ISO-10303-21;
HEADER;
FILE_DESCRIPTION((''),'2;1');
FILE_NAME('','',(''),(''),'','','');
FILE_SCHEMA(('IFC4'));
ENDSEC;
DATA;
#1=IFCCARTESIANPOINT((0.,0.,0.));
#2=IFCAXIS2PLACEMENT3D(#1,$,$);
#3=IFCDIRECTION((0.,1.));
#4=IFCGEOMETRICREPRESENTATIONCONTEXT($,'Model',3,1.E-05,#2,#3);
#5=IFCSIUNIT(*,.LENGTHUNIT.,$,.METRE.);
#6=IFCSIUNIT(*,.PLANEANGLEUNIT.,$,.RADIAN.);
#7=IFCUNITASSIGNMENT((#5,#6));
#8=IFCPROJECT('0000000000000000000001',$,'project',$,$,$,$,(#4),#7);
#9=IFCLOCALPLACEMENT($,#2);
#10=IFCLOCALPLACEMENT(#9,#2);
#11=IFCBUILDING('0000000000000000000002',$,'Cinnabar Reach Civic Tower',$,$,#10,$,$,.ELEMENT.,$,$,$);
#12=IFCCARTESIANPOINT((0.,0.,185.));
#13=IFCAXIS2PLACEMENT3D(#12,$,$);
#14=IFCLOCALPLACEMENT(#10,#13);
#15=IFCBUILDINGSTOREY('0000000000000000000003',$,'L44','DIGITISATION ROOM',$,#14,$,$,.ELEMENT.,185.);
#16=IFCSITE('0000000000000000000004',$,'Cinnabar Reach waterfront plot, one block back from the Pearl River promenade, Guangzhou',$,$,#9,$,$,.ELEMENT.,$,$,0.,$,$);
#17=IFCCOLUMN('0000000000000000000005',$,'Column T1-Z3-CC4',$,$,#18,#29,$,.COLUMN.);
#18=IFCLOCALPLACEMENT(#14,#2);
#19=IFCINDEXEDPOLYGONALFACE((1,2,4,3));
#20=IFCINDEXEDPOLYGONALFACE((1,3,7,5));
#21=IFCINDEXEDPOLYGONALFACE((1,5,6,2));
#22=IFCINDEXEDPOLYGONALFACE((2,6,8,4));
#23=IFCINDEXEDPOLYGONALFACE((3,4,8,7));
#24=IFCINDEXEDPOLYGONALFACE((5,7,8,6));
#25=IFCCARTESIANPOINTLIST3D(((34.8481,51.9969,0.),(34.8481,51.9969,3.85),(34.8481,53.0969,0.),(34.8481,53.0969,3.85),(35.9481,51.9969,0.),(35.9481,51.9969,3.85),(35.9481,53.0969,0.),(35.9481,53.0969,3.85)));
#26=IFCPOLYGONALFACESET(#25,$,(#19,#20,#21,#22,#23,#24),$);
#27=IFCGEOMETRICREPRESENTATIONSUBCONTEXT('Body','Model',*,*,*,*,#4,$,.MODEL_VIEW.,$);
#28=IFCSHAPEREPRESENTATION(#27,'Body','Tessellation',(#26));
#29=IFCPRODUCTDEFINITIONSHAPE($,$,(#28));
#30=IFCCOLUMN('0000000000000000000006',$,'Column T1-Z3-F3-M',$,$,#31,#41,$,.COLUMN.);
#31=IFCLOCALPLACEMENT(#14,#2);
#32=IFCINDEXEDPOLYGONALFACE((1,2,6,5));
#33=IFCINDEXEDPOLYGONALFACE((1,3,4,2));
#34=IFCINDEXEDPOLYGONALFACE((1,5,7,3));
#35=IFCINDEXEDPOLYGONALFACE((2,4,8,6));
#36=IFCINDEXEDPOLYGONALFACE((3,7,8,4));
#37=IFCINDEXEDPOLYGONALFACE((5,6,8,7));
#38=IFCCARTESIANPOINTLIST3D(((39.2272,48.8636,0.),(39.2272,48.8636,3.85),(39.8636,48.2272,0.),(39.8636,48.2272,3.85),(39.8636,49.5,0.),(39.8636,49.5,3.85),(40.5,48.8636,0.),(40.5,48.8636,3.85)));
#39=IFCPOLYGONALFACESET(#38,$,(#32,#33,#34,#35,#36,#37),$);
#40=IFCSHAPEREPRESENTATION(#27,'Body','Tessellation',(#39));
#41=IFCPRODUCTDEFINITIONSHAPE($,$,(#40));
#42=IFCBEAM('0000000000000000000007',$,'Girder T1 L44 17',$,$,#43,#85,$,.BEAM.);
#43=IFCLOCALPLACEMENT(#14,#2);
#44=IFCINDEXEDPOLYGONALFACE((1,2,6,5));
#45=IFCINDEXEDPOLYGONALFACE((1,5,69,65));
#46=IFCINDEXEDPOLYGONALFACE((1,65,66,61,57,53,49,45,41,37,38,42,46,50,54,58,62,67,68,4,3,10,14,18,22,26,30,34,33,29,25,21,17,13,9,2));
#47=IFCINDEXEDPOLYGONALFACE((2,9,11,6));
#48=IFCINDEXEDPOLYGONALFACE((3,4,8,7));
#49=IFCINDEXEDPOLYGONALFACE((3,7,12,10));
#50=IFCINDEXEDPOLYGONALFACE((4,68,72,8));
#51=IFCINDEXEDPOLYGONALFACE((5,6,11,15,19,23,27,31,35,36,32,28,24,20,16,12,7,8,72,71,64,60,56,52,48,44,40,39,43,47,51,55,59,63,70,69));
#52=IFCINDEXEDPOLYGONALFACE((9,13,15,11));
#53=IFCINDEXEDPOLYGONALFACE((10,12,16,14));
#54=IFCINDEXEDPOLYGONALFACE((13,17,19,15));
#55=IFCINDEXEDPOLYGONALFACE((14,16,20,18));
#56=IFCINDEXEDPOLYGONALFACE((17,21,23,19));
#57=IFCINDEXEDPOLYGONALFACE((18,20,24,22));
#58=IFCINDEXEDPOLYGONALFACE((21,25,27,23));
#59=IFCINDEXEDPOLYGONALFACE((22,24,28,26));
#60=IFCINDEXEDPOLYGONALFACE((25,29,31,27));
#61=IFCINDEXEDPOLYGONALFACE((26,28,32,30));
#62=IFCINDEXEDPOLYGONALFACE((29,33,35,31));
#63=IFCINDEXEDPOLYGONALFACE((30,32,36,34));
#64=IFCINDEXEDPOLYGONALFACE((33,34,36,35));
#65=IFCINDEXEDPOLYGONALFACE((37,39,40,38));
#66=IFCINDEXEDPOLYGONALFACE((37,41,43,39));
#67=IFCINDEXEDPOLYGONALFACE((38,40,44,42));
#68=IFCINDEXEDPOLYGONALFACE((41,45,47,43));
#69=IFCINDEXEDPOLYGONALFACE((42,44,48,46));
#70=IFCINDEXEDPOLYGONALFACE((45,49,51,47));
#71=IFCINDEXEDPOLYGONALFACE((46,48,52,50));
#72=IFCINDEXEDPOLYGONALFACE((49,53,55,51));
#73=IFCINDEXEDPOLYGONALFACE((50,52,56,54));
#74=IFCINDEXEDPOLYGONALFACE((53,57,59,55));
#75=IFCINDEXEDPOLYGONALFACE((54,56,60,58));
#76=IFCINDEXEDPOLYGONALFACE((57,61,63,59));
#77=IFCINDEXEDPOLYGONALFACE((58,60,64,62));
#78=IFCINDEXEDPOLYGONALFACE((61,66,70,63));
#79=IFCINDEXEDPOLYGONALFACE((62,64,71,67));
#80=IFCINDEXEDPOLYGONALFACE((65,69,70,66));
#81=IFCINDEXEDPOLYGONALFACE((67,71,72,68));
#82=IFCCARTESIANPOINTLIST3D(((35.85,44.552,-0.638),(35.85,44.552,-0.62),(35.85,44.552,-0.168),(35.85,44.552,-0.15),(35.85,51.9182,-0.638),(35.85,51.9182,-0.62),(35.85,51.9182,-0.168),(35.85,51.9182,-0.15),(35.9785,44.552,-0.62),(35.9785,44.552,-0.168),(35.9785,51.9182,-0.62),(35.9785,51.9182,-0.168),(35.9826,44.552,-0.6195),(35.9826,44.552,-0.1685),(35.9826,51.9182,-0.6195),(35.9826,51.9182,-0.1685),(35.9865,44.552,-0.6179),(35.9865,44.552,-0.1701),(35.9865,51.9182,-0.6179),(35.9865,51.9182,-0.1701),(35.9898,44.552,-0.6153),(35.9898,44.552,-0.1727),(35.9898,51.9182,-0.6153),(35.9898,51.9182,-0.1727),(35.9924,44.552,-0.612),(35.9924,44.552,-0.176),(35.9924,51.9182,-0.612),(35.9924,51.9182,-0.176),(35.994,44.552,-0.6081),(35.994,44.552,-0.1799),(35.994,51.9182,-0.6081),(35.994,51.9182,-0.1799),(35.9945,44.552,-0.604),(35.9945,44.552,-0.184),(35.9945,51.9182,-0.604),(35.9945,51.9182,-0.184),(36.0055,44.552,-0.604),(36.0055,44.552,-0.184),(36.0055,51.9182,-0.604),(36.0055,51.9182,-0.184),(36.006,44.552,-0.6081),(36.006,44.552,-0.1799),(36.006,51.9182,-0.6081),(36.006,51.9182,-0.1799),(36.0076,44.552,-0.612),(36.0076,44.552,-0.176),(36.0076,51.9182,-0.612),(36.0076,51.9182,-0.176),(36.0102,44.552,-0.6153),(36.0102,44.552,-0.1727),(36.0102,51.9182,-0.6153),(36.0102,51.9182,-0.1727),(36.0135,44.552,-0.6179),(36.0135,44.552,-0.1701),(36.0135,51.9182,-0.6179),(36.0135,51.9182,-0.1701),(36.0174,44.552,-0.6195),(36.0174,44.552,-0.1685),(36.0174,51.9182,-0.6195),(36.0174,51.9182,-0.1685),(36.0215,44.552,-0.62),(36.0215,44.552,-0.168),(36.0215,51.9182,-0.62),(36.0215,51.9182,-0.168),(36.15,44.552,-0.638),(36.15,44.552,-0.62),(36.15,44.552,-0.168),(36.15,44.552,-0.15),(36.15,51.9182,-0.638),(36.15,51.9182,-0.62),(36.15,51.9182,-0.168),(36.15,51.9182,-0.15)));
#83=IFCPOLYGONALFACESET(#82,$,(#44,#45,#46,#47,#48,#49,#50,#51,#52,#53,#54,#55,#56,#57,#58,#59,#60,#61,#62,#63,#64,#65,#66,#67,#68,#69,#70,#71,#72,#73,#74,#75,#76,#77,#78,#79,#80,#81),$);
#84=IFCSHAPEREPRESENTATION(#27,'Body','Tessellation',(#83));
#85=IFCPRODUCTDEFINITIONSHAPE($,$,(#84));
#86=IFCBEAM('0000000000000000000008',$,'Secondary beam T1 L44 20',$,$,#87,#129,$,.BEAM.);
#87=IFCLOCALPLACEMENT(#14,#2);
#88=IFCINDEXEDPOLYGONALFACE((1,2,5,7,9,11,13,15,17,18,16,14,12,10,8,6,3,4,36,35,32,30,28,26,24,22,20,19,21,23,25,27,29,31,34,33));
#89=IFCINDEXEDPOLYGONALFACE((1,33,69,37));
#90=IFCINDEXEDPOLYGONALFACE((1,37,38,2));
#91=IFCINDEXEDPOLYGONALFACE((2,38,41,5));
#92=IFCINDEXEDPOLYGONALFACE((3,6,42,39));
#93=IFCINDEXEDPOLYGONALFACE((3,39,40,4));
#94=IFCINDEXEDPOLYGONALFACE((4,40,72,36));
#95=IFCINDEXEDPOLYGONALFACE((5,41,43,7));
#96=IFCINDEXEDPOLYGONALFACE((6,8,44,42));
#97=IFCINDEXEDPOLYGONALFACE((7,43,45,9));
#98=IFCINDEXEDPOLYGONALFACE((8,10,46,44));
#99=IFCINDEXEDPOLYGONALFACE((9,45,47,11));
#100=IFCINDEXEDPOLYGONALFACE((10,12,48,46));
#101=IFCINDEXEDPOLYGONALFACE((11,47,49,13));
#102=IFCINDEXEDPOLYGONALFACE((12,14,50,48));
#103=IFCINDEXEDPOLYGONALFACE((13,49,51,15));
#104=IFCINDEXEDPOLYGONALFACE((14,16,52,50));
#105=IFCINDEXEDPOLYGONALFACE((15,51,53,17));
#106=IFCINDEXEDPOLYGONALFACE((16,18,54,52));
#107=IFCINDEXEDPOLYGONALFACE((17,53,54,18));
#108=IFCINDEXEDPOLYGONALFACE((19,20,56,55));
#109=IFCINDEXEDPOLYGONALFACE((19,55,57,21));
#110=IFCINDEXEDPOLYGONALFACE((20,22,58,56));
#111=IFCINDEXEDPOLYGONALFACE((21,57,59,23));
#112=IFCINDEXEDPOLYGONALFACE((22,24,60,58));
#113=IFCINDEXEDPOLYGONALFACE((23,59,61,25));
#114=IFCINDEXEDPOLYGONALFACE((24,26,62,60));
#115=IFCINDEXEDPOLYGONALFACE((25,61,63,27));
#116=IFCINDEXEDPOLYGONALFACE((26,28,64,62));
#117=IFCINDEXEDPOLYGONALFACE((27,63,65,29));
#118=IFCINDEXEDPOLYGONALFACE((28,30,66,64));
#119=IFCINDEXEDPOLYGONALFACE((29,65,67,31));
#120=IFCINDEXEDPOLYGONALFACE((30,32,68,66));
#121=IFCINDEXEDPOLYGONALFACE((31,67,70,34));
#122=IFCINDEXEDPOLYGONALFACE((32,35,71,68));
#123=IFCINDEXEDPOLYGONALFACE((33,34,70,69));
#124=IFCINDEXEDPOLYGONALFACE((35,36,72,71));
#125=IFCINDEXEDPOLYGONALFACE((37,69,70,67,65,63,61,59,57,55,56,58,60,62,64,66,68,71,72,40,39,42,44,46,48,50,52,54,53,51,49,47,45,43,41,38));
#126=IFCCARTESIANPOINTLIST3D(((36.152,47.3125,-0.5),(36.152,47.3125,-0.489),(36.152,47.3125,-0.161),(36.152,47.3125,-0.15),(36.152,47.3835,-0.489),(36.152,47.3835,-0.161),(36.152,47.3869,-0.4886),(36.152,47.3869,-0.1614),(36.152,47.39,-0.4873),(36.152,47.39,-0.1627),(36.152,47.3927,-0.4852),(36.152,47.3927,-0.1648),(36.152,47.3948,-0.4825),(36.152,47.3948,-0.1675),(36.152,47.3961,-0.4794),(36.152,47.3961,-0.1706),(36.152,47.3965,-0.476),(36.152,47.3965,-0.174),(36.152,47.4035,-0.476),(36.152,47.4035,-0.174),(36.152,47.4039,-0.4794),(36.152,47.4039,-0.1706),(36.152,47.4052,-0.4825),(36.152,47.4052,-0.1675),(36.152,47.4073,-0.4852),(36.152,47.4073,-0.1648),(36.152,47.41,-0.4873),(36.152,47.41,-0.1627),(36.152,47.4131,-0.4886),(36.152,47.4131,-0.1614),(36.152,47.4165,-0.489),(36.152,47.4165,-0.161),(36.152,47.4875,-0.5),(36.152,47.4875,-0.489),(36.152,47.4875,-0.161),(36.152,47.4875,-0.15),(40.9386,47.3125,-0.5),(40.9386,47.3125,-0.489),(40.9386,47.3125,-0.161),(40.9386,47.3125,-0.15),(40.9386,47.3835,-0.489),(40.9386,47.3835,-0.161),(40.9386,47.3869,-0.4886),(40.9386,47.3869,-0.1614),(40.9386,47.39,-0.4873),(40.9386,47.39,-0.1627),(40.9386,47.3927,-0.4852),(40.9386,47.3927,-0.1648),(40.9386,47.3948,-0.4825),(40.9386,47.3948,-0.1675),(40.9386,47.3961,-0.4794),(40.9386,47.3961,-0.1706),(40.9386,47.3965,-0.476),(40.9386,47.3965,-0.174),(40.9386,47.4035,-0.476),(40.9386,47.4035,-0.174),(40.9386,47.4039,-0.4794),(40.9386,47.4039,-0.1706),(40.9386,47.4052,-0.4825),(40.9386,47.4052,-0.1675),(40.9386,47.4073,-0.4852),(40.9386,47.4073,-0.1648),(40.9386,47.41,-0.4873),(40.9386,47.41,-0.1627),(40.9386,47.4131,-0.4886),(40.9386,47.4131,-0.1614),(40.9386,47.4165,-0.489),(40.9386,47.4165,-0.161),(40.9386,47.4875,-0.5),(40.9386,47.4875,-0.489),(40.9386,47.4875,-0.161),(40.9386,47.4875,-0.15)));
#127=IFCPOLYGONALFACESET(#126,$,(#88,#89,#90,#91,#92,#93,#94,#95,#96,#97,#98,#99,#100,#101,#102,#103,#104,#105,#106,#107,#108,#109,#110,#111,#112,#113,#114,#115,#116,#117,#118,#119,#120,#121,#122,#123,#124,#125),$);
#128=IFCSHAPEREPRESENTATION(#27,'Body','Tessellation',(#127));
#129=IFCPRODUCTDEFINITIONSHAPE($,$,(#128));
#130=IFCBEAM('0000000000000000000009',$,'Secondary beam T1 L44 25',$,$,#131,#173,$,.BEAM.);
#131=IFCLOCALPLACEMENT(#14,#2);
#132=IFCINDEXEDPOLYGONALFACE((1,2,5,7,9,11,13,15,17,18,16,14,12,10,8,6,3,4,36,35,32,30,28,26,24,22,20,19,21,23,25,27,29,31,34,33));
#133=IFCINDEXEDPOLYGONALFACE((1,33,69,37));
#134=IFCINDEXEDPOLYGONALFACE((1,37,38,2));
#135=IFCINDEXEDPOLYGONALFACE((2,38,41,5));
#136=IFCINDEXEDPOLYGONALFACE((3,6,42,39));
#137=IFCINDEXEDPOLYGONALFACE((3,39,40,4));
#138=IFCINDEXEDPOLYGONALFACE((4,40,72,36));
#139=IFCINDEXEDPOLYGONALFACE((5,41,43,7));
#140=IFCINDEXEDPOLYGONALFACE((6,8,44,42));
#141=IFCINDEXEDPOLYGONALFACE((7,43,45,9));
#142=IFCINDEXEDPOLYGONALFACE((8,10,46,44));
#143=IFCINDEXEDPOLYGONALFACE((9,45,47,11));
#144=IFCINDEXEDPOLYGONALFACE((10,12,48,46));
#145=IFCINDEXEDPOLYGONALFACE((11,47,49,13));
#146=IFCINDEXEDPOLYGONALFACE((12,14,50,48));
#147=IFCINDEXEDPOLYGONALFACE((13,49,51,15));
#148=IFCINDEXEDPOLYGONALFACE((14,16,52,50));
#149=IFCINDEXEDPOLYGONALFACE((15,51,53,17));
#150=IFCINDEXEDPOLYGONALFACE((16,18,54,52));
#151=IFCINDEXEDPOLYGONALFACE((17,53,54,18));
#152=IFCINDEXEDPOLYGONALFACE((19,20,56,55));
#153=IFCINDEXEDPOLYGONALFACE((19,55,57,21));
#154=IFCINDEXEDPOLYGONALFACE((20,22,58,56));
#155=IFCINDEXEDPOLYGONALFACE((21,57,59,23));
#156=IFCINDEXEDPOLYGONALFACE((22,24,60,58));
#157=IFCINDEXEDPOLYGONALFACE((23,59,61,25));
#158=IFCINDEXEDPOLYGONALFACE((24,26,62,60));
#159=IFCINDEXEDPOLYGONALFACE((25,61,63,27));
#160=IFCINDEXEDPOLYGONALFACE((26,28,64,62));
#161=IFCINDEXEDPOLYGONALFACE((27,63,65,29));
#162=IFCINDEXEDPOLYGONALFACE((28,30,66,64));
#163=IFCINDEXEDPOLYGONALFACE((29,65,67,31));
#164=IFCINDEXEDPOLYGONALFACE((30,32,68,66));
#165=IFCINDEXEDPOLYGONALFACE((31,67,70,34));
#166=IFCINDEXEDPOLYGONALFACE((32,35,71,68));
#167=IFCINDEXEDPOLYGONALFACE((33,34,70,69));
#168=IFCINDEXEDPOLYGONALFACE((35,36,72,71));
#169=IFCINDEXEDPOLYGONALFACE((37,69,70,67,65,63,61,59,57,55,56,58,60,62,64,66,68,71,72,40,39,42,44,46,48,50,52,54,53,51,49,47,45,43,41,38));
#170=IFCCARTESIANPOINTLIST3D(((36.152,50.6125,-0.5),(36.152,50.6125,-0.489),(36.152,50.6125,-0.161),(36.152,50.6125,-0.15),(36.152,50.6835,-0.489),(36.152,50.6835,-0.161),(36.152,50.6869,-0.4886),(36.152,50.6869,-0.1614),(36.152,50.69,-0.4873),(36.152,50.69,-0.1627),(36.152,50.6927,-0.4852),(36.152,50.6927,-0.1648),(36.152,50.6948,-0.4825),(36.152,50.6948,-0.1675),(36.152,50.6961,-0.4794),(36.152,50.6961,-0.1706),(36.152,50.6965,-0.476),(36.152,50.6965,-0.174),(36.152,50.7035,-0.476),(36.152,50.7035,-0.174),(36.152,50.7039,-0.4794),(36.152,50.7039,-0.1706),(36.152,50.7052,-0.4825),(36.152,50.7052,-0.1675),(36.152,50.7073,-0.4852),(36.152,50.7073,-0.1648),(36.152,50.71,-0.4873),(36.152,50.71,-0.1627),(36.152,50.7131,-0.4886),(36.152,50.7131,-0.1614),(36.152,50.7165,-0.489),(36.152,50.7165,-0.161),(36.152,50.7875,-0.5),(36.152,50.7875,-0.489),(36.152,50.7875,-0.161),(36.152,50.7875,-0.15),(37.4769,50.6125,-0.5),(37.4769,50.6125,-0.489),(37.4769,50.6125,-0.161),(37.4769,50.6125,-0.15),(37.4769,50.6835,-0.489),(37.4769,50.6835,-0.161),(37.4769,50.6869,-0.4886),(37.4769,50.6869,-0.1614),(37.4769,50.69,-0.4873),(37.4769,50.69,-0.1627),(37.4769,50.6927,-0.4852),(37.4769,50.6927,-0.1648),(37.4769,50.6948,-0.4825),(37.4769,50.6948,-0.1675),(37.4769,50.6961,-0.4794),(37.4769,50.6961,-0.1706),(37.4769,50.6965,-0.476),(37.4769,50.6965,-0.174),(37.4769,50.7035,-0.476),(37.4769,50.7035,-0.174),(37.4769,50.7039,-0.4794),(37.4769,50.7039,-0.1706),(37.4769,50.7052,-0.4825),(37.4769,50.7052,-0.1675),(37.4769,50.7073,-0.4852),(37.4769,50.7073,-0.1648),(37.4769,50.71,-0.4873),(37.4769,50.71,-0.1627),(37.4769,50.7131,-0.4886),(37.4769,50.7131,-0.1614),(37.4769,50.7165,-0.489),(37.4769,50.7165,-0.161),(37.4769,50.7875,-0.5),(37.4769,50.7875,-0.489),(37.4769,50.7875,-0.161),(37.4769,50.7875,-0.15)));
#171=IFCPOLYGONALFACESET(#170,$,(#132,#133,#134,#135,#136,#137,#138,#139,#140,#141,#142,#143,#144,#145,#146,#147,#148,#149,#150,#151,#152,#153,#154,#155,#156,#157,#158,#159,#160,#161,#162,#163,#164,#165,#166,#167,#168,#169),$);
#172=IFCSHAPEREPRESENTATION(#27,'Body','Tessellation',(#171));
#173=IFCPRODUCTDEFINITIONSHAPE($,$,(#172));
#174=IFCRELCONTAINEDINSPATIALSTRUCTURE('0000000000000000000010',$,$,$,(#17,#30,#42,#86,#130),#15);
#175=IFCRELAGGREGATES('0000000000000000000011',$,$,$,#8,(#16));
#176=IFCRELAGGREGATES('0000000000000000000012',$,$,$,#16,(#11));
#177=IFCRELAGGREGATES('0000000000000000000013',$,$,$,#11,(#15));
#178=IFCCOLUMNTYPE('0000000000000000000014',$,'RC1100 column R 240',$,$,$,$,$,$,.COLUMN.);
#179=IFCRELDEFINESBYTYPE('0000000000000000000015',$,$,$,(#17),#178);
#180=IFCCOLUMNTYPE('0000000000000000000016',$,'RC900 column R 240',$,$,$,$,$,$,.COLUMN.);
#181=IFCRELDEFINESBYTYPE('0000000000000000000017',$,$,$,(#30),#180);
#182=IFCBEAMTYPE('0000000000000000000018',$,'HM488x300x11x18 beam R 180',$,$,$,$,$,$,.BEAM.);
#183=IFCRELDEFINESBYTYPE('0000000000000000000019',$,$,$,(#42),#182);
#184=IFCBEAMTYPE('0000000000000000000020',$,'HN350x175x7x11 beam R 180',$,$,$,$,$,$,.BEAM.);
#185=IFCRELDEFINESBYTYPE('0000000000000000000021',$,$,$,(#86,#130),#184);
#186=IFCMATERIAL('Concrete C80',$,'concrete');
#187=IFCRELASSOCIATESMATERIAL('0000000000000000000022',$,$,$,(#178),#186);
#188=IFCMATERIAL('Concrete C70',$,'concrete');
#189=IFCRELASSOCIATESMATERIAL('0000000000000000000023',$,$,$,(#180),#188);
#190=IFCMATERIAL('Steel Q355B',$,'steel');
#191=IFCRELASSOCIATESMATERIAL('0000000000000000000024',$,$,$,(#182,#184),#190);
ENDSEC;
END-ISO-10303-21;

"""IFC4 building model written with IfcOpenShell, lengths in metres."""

from ifc_helpers import new_model, si_unit, direction, frame, origin, origin_2d, place, context, subcontext, project, spatial, rectangle, i_section, extrude, material, material_profile, profile_set, type_object, element, save


model = new_model("IFC4")

# Units and contexts
model_context = context("Model", 3, precision=1e-05, world=origin(), true_north=direction((0.0, 1.0)))
body_context = subcontext(model_context, "Body", "Model", "MODEL_VIEW")
ifc_project = project(units=[si_unit("LENGTHUNIT", "METRE"), si_unit("PLANEANGLEUNIT", "RADIAN")], contexts=[model_context])

# Site, building, storey
site_placement = place(None, origin())
site = spatial("IfcSite", under=ifc_project, at=site_placement, Name="Cinnabar Reach waterfront plot, one block back from the Pearl River promenade, Guangzhou", CompositionType="ELEMENT", RefElevation=0.0)
building_placement = place(site_placement, origin())
building = spatial("IfcBuilding", under=site, at=building_placement, Name="Cinnabar Reach Civic Tower", CompositionType="ELEMENT")
storey_placement = place(building_placement, frame((0.0, 0.0, 185.0)))
storey = spatial("IfcBuildingStorey", under=building, at=storey_placement, Name="L44", Description="DIGITISATION ROOM", CompositionType="ELEMENT", Elevation=185.0)

# Columns
ifc_material_1 = material(Name="Concrete C80", Category="concrete")
ifc_material_profile_1 = material_profile(ifc_material_1, rectangle(XDim=1.1, YDim=1.1, at=origin_2d()), Name="RC1100")
ifc_profile_set_1 = profile_set([ifc_material_profile_1], Name="Concrete C80")
column_type_1 = type_object("IfcColumnType", Name="RC1100 column R 240", PredefinedType="COLUMN", material=ifc_profile_set_1)
column_1_placement = place(storey_placement, frame((35.3981, 52.5469, 0.0), z_axis=(0.0, 0.0, 1.0), x_axis=(1.0, 0.0, 0.0)))
element("IfcColumn", 1, at=column_1_placement, inside=storey, type_object=column_type_1, Name="Column T1-Z3-CC4", PredefinedType="COLUMN", context=body_context, shape_type="SweptSolid", body=[
    extrude(rectangle(XDim=1.1, YDim=1.1, at=origin_2d()), origin(), (0.0, 0.0, 1.0), 3.85),
])
ifc_material_2 = material(Name="Concrete C70", Category="concrete")
ifc_material_profile_2 = material_profile(ifc_material_2, rectangle(XDim=0.9, YDim=0.9, at=origin_2d()), Name="RC900")
ifc_profile_set_2 = profile_set([ifc_material_profile_2], Name="Concrete C70")
column_type_2 = type_object("IfcColumnType", Name="RC900 column R 240", PredefinedType="COLUMN", material=ifc_profile_set_2)
column_2_placement = place(storey_placement, frame((39.8636, 48.8636, 0.0), z_axis=(0.0, 0.0, 1.0), x_axis=(0.707107, 0.707107, 0.0)))
element("IfcColumn", 2, at=column_2_placement, inside=storey, type_object=column_type_2, Name="Column T1-Z3-F3-M", PredefinedType="COLUMN", context=body_context, shape_type="SweptSolid", body=[
    extrude(rectangle(XDim=0.9, YDim=0.9, at=origin_2d()), origin(), (0.0, 0.0, 1.0), 3.85),
])

# Beams
ifc_material_3 = material(Name="Steel Q355B", Category="steel")
ifc_material_profile_3 = material_profile(ifc_material_3, i_section(OverallWidth=0.3, OverallDepth=0.488, WebThickness=0.011, FlangeThickness=0.018, FilletRadius=0.016, at=origin_2d()), Name="HM488x300x11x18")
ifc_profile_set_3 = profile_set([ifc_material_profile_3], Name="Steel Q355B")
beam_type_1 = type_object("IfcBeamType", Name="HM488x300x11x18 beam R 180", PredefinedType="BEAM", material=ifc_profile_set_3)
beam_1_placement = place(storey_placement, frame((36.0, 44.552, -0.394), z_axis=(0.0, 1.0, 0.0), x_axis=(-1.0, 0.0, 0.0)))
element("IfcBeam", 3, at=beam_1_placement, inside=storey, type_object=beam_type_1, Name="Girder T1 L44 17", PredefinedType="BEAM", context=body_context, shape_type="SweptSolid", body=[
    extrude(i_section(OverallWidth=0.3, OverallDepth=0.488, WebThickness=0.011, FlangeThickness=0.018, FilletRadius=0.016, at=origin_2d()), origin(), (0.0, 0.0, 1.0), 7.3662),
])
ifc_material_profile_4 = material_profile(ifc_material_3, i_section(OverallWidth=0.175, OverallDepth=0.35, WebThickness=0.007, FlangeThickness=0.011, FilletRadius=0.013, at=origin_2d()), Name="HN350x175x7x11")
ifc_profile_set_4 = profile_set([ifc_material_profile_4], Name="Steel Q355B")
beam_type_2 = type_object("IfcBeamType", Name="HN350x175x7x11 beam R 180", PredefinedType="BEAM", material=ifc_profile_set_4)
beam_2_placement = place(storey_placement, frame((36.152, 47.4, -0.325), z_axis=(1.0, 0.0, 0.0), x_axis=(0.0, 1.0, 0.0)))
element("IfcBeam", 4, at=beam_2_placement, inside=storey, type_object=beam_type_2, Name="Secondary beam T1 L44 20", PredefinedType="BEAM", context=body_context, shape_type="SweptSolid", body=[
    extrude(i_section(OverallWidth=0.175, OverallDepth=0.35, WebThickness=0.007, FlangeThickness=0.011, FilletRadius=0.013, at=origin_2d()), origin(), (0.0, 0.0, 1.0), 4.7866),
])
beam_3_placement = place(storey_placement, frame((36.152, 50.7, -0.325), z_axis=(1.0, 0.0, 0.0), x_axis=(0.0, 1.0, 0.0)))
element("IfcBeam", 5, at=beam_3_placement, inside=storey, type_object=beam_type_2, Name="Secondary beam T1 L44 25", PredefinedType="BEAM", context=body_context, shape_type="SweptSolid", body=[
    extrude(i_section(OverallWidth=0.175, OverallDepth=0.35, WebThickness=0.007, FlangeThickness=0.011, FilletRadius=0.013, at=origin_2d()), origin(), (0.0, 0.0, 1.0), 1.3249),
])

save(model, "model.ifc")
